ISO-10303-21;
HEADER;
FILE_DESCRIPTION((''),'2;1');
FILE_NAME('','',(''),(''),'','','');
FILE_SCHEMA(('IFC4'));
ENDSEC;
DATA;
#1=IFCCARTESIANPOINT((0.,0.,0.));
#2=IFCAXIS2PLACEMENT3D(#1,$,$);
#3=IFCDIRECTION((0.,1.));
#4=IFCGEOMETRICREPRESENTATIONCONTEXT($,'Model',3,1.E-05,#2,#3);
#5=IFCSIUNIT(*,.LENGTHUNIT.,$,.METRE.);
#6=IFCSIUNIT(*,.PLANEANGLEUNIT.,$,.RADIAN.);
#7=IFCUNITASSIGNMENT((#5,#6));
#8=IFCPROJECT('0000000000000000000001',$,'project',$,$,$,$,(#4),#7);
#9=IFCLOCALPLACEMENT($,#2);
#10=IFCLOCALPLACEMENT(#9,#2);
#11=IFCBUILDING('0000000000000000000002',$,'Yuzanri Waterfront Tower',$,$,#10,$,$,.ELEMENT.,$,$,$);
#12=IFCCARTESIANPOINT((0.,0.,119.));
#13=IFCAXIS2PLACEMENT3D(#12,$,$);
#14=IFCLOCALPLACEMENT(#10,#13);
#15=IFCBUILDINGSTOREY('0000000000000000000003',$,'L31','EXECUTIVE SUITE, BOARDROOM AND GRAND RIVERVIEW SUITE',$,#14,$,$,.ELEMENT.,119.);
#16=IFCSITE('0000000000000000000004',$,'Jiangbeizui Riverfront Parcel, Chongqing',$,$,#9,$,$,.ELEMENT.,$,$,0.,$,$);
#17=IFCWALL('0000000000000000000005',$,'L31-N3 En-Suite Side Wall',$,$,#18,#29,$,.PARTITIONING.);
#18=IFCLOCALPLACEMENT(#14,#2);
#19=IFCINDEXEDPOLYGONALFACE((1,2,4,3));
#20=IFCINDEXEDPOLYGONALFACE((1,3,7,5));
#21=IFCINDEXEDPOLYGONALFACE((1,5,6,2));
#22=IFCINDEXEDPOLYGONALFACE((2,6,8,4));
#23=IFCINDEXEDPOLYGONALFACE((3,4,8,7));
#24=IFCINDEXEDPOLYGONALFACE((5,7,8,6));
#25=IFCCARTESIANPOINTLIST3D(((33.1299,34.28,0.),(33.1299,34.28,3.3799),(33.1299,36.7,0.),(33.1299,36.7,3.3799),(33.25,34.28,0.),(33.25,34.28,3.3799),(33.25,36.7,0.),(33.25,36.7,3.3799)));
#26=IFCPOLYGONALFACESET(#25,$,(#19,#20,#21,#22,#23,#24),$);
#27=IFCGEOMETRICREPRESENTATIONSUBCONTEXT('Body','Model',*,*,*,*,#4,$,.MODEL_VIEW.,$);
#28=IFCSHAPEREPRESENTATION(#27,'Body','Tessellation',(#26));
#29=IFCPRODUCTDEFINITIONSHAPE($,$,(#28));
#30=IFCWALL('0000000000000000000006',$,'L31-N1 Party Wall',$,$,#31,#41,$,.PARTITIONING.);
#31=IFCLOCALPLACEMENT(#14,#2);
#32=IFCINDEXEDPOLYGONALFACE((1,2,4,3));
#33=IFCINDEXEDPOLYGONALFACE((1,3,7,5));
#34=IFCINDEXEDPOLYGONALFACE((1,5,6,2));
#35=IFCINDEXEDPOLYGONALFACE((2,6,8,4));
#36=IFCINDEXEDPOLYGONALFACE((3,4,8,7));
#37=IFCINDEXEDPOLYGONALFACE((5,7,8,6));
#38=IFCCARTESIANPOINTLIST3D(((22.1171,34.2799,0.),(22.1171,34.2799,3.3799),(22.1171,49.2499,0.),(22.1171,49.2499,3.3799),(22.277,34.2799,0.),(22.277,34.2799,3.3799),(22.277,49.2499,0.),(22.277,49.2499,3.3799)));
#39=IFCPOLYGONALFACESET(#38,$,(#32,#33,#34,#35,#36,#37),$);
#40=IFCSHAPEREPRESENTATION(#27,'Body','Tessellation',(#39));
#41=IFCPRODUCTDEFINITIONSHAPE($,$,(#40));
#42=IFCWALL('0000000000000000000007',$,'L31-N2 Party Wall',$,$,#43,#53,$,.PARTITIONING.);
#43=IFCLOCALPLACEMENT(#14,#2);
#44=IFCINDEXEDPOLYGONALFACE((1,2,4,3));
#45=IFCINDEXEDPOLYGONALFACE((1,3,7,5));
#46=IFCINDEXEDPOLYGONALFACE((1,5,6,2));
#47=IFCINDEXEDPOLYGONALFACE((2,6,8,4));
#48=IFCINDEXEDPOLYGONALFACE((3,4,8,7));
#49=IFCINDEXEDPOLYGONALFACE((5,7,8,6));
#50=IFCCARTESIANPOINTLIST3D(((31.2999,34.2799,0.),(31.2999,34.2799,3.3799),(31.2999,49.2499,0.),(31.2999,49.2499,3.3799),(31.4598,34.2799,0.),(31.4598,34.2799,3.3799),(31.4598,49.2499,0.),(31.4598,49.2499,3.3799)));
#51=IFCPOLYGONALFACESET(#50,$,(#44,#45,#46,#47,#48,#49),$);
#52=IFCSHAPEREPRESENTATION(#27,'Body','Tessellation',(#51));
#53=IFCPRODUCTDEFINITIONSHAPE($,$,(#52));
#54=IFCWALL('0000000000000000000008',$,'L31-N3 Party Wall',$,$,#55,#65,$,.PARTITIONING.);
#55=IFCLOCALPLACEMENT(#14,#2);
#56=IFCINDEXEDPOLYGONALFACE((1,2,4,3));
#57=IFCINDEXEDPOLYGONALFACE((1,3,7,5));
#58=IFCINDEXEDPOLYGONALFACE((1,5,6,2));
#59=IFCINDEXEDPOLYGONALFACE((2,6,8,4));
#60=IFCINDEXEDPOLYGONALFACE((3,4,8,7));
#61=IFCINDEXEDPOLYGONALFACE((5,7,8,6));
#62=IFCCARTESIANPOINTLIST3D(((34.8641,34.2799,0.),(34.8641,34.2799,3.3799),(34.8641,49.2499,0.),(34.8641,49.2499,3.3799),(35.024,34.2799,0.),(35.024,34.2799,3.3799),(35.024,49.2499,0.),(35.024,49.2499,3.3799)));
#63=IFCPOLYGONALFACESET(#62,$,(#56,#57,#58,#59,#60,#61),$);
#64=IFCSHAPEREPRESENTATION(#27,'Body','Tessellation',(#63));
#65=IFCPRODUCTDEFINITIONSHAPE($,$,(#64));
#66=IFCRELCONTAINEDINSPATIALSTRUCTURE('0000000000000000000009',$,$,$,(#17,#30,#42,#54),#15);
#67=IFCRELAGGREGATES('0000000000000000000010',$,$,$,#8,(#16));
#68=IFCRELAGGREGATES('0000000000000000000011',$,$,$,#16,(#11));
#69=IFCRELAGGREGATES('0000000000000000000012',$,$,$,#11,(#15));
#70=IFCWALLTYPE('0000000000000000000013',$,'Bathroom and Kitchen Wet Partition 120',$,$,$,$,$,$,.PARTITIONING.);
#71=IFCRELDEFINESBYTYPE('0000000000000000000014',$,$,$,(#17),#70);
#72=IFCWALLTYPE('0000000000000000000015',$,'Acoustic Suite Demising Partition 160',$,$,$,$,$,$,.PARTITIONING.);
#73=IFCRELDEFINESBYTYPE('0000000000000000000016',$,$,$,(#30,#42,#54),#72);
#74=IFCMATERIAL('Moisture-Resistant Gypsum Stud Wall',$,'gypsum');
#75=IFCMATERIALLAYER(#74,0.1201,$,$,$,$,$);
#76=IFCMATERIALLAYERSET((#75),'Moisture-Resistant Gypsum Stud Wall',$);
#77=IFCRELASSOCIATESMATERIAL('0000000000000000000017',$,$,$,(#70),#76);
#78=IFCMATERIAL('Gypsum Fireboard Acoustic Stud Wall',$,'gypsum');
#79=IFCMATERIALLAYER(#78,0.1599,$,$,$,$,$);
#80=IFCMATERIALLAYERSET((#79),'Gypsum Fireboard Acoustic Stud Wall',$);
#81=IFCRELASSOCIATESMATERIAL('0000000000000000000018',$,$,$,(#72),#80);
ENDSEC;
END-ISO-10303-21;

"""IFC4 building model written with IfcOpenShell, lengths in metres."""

from ifc_helpers import new_model, si_unit, direction, frame, frame_2d, origin, place, context, subcontext, project, spatial, rectangle, extrude, source, transform, mapped, material, layer, layer_set, type_object, element, save


model = new_model("IFC4")

# Units and contexts
model_context = context("Model", 3, precision=1e-05, world=origin(), true_north=direction((0.0, 1.0)))
body_context = subcontext(model_context, "Body", "Model", "MODEL_VIEW")
ifc_project = project(units=[si_unit("LENGTHUNIT", "METRE"), si_unit("PLANEANGLEUNIT", "RADIAN")], contexts=[model_context])

# Site, building, storey
site_placement = place(None, origin())
site = spatial("IfcSite", under=ifc_project, at=site_placement, Name="Jiangbeizui Riverfront Parcel, Chongqing", CompositionType="ELEMENT", RefElevation=0.0)
building_placement = place(site_placement, origin())
building = spatial("IfcBuilding", under=site, at=building_placement, Name="Yuzanri Waterfront Tower", CompositionType="ELEMENT")
storey_placement = place(building_placement, frame((0.0, 0.0, 119.0)))
storey = spatial("IfcBuildingStorey", under=building, at=storey_placement, Name="L31", Description="EXECUTIVE SUITE, BOARDROOM AND GRAND RIVERVIEW SUITE", CompositionType="ELEMENT", Elevation=119.0)

# Shared definitions
ifc_material_1 = material(Name="Moisture-Resistant Gypsum Stud Wall", Category="gypsum")
ifc_layer_1 = layer(ifc_material_1, 0.1201)
ifc_layer_set_1 = layer_set([ifc_layer_1], Name="Moisture-Resistant Gypsum Stud Wall")
wall_type_1 = type_object("IfcWallType", Name="Bathroom and Kitchen Wet Partition 120", PredefinedType="PARTITIONING", material=ifc_layer_set_1)

# Walls
shared_shape_1 = source(origin(), body_context, "Body", "SweptSolid", [
    extrude(rectangle(XDim=2.4199, YDim=0.1201, at=frame_2d((1.21, 0.0))), origin(), (0.0, 0.0, 1.0), 3.3799),
])
for number, where, z_axis, x_axis, name in (
    (1, (33.1899, 34.28, 0.0), (0.0, 0.0, 1.0), (0.0, 1.0, 0.0), "L31-N3 En-Suite Side Wall"),
):
    element("IfcWall", number, at=place(storey_placement, frame(where, z_axis=z_axis, x_axis=x_axis)), inside=storey, type_object=wall_type_1, Name=name, PredefinedType="PARTITIONING", context=body_context, shape_type="MappedRepresentation", body=[
        mapped(shared_shape_1, transform((0.0, 0.0, 0.0), scale=1.0)),
    ])
ifc_material_2 = material(Name="Gypsum Fireboard Acoustic Stud Wall", Category="gypsum")
ifc_layer_2 = layer(ifc_material_2, 0.1599)
ifc_layer_set_2 = layer_set([ifc_layer_2], Name="Gypsum Fireboard Acoustic Stud Wall")
wall_type_2 = type_object("IfcWallType", Name="Acoustic Suite Demising Partition 160", PredefinedType="PARTITIONING", material=ifc_layer_set_2)
shared_shape_2 = source(origin(), body_context, "Body", "SweptSolid", [
    extrude(rectangle(XDim=14.97, YDim=0.1599, at=frame_2d((7.4849, 0.0))), origin(), (0.0, 0.0, 1.0), 3.3799),
])
for number, where, z_axis, x_axis, name in (
    (2, (22.197, 34.28, 0.0), (0.0, 0.0, 1.0), (0.0, 1.0, 0.0), "L31-N1 Party Wall"),
    (3, (31.3799, 34.28, 0.0), (0.0, 0.0, 1.0), (0.0, 1.0, 0.0), "L31-N2 Party Wall"),
    (4, (34.9441, 34.28, 0.0), (0.0, 0.0, 1.0), (0.0, 1.0, 0.0), "L31-N3 Party Wall"),
):
    element("IfcWall", number, at=place(storey_placement, frame(where, z_axis=z_axis, x_axis=x_axis)), inside=storey, type_object=wall_type_2, Name=name, PredefinedType="PARTITIONING", context=body_context, shape_type="MappedRepresentation", body=[
        mapped(shared_shape_2, transform((0.0, 0.0, 0.0), scale=1.0)),
    ])

save(model, "model.ifc")
